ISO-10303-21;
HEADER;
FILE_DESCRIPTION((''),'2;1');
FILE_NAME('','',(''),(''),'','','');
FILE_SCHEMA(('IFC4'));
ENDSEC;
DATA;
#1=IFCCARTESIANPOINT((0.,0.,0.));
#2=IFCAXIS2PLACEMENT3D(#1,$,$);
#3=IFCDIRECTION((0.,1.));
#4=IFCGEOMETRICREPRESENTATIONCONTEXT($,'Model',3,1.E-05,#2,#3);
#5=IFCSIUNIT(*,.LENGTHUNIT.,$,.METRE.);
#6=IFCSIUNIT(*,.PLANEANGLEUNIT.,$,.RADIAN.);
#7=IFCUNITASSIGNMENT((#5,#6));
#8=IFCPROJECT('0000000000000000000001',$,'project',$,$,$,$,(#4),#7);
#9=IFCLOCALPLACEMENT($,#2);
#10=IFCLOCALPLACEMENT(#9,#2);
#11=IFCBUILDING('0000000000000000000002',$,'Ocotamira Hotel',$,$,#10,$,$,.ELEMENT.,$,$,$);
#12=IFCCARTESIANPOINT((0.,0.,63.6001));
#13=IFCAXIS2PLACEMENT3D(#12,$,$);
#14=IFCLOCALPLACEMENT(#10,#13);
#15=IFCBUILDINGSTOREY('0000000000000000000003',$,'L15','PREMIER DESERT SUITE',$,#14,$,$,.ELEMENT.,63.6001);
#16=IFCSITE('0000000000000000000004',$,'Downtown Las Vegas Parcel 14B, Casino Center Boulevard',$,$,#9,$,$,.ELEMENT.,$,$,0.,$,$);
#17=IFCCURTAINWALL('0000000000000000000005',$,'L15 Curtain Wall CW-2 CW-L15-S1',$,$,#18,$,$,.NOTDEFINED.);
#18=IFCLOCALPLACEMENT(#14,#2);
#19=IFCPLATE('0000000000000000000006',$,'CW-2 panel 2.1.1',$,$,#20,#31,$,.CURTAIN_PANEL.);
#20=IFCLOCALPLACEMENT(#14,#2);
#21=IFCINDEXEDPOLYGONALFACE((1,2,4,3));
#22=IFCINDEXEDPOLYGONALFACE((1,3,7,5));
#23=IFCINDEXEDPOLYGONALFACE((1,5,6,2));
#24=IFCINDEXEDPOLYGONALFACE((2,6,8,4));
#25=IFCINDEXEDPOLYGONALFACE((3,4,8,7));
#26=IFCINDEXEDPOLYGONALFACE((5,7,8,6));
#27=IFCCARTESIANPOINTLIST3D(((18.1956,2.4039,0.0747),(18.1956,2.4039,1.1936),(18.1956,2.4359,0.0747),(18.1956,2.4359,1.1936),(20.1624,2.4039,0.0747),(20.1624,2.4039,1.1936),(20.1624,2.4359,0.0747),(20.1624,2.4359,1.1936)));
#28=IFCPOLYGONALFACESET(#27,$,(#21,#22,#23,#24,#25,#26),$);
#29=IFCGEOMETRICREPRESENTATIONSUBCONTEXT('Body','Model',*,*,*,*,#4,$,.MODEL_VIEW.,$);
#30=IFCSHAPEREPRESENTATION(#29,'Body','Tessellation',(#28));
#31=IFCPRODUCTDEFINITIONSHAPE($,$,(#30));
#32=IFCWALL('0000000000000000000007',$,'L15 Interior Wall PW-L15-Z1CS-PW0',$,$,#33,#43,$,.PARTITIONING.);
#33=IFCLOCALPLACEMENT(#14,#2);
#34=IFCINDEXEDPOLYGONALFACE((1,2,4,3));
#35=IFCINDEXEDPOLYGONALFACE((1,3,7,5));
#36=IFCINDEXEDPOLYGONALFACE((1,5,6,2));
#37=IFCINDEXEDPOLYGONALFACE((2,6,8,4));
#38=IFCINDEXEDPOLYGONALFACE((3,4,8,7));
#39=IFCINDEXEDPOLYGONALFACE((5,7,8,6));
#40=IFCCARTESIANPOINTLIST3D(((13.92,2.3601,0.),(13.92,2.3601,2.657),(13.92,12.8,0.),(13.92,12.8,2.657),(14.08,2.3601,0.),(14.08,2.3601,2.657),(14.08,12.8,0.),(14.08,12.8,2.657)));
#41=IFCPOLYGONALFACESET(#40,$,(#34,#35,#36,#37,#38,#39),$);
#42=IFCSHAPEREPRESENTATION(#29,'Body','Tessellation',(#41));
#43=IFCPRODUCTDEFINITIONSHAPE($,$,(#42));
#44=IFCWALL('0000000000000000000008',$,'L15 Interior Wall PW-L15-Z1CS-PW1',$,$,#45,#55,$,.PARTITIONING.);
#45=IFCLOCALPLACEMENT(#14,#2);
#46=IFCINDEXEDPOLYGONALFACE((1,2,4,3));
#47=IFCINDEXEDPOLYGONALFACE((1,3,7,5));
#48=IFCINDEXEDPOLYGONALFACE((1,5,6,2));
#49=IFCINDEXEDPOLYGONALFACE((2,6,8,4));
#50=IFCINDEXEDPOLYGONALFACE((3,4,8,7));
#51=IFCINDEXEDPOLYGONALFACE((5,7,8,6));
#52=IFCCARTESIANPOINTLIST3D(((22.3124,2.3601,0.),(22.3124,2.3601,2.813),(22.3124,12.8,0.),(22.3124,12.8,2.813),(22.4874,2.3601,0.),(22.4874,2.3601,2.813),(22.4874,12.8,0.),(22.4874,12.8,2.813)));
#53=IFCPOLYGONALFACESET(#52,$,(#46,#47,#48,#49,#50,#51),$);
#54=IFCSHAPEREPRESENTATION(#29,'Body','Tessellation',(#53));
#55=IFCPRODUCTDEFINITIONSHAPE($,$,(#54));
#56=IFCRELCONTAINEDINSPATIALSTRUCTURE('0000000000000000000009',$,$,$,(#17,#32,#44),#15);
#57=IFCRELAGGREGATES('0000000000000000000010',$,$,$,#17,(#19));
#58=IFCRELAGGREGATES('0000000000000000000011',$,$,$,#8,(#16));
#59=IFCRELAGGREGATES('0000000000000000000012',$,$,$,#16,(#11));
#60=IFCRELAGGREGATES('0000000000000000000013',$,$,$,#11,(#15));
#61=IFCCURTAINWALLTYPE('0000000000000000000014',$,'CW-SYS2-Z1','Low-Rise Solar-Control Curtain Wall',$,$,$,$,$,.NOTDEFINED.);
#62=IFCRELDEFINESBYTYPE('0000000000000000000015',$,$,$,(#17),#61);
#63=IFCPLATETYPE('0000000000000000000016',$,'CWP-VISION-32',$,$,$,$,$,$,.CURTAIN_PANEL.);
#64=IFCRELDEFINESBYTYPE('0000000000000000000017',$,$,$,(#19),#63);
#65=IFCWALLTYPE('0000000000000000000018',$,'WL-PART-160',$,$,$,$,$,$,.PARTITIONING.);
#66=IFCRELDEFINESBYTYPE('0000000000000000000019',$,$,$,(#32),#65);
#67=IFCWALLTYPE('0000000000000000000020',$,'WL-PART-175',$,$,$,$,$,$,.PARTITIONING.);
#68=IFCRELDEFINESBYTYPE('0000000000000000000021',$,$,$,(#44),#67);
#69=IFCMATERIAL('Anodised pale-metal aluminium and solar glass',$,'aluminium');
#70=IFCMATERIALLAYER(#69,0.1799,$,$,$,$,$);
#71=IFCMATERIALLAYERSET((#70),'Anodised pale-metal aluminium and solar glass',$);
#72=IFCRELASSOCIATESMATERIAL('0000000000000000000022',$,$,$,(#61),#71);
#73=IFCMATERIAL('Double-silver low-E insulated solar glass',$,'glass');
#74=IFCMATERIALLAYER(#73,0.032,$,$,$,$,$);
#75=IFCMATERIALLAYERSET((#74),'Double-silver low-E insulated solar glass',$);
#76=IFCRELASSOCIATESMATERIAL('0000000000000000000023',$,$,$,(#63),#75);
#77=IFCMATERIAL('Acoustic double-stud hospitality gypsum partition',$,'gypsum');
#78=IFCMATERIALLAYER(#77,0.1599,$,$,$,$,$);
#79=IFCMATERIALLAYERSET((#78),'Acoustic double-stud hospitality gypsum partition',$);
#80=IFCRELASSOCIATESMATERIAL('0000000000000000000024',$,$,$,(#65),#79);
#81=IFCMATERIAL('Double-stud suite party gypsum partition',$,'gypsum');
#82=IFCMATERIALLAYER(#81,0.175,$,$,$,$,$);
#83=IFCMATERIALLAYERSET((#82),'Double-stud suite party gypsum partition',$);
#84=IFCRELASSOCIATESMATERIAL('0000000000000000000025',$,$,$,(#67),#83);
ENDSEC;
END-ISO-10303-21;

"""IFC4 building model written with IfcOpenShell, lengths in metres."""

from ifc_helpers import new_model, si_unit, direction, frame, frame_2d, origin, origin_2d, place, context, subcontext, project, spatial, rectangle, extrude, source, transform, mapped, material, layer, layer_set, type_object, element, aggregate, save


model = new_model("IFC4")

# Units and contexts
model_context = context("Model", 3, precision=1e-05, world=origin(), true_north=direction((0.0, 1.0)))
body_context = subcontext(model_context, "Body", "Model", "MODEL_VIEW")
ifc_project = project(units=[si_unit("LENGTHUNIT", "METRE"), si_unit("PLANEANGLEUNIT", "RADIAN")], contexts=[model_context])

# Site, building, storey
site_placement = place(None, origin())
site = spatial("IfcSite", under=ifc_project, at=site_placement, Name="Downtown Las Vegas Parcel 14B, Casino Center Boulevard", CompositionType="ELEMENT", RefElevation=0.0)
building_placement = place(site_placement, origin())
building = spatial("IfcBuilding", under=site, at=building_placement, Name="Ocotamira Hotel", CompositionType="ELEMENT")
storey_placement = place(building_placement, frame((0.0, 0.0, 63.6001)))
storey = spatial("IfcBuildingStorey", under=building, at=storey_placement, Name="L15", Description="PREMIER DESERT SUITE", CompositionType="ELEMENT", Elevation=63.6001)

# Curtain wall
ifc_material_1 = material(Name="Anodised pale-metal aluminium and solar glass", Category="aluminium")
ifc_layer_1 = layer(ifc_material_1, 0.1799)
ifc_layer_set_1 = layer_set([ifc_layer_1], Name="Anodised pale-metal aluminium and solar glass")
curtain_wall_type = type_object("IfcCurtainWallType", Name="CW-SYS2-Z1", Description="Low-Rise Solar-Control Curtain Wall", PredefinedType="NOTDEFINED", material=ifc_layer_set_1)
curtain_wall_placement = place(storey_placement, origin())
curtain_wall = element("IfcCurtainWall", 1, at=curtain_wall_placement, inside=storey, type_object=curtain_wall_type, Name="L15 Curtain Wall CW-2 CW-L15-S1", PredefinedType="NOTDEFINED")

# Plate
ifc_material_2 = material(Name="Double-silver low-E insulated solar glass", Category="glass")
ifc_layer_2 = layer(ifc_material_2, 0.032)
ifc_layer_set_2 = layer_set([ifc_layer_2], Name="Double-silver low-E insulated solar glass")
plate_type_1 = type_object("IfcPlateType", Name="CWP-VISION-32", PredefinedType="CURTAIN_PANEL", material=ifc_layer_set_2)
shared_shape_1 = source(origin(), body_context, "Body", "SweptSolid", [
    extrude(rectangle(XDim=1.9668, YDim=0.032, at=origin_2d()), origin(), (0.0, 0.0, 1.0), 1.1189),
])
plate_1_placement = place(storey_placement, frame((19.179, 2.4199, 0.0747), z_axis=(0.0, 0.0, 1.0), x_axis=(1.0, 0.0, 0.0)))
plate_1 = element("IfcPlate", 2, at=plate_1_placement, type_object=plate_type_1, Name="CW-2 panel 2.1.1", PredefinedType="CURTAIN_PANEL", context=body_context, shape_type="MappedRepresentation", body=[
    mapped(shared_shape_1, transform((0.0, 0.0, 0.0), scale=1.0)),
])
aggregate(curtain_wall, [plate_1])

# Walls
ifc_material_3 = material(Name="Acoustic double-stud hospitality gypsum partition", Category="gypsum")
ifc_layer_3 = layer(ifc_material_3, 0.1599)
ifc_layer_set_3 = layer_set([ifc_layer_3], Name="Acoustic double-stud hospitality gypsum partition")
wall_type_1 = type_object("IfcWallType", Name="WL-PART-160", PredefinedType="PARTITIONING", material=ifc_layer_set_3)
wall_1_placement = place(storey_placement, frame((14.0, 2.3601, 0.0), z_axis=(0.0, 0.0, 1.0), x_axis=(0.0, 1.0, 0.0)))
element("IfcWall", 3, at=wall_1_placement, inside=storey, type_object=wall_type_1, Name="L15 Interior Wall PW-L15-Z1CS-PW0", PredefinedType="PARTITIONING", context=body_context, shape_type="SweptSolid", body=[
    extrude(rectangle(XDim=10.4399, YDim=0.1599, at=frame_2d((5.22, 0.0))), origin(), (0.0, 0.0, 1.0), 2.657),
])
ifc_material_4 = material(Name="Double-stud suite party gypsum partition", Category="gypsum")
ifc_layer_4 = layer(ifc_material_4, 0.175)
ifc_layer_set_4 = layer_set([ifc_layer_4], Name="Double-stud suite party gypsum partition")
wall_type_2 = type_object("IfcWallType", Name="WL-PART-175", PredefinedType="PARTITIONING", material=ifc_layer_set_4)
wall_2_placement = place(storey_placement, frame((22.3999, 2.3601, 0.0), z_axis=(0.0, 0.0, 1.0), x_axis=(0.0, 1.0, 0.0)))
element("IfcWall", 4, at=wall_2_placement, inside=storey, type_object=wall_type_2, Name="L15 Interior Wall PW-L15-Z1CS-PW1", PredefinedType="PARTITIONING", context=body_context, shape_type="SweptSolid", body=[
    extrude(rectangle(XDim=10.4399, YDim=0.175, at=frame_2d((5.22, 0.0))), origin(), (0.0, 0.0, 1.0), 2.813),
])

save(model, "model.ifc")
